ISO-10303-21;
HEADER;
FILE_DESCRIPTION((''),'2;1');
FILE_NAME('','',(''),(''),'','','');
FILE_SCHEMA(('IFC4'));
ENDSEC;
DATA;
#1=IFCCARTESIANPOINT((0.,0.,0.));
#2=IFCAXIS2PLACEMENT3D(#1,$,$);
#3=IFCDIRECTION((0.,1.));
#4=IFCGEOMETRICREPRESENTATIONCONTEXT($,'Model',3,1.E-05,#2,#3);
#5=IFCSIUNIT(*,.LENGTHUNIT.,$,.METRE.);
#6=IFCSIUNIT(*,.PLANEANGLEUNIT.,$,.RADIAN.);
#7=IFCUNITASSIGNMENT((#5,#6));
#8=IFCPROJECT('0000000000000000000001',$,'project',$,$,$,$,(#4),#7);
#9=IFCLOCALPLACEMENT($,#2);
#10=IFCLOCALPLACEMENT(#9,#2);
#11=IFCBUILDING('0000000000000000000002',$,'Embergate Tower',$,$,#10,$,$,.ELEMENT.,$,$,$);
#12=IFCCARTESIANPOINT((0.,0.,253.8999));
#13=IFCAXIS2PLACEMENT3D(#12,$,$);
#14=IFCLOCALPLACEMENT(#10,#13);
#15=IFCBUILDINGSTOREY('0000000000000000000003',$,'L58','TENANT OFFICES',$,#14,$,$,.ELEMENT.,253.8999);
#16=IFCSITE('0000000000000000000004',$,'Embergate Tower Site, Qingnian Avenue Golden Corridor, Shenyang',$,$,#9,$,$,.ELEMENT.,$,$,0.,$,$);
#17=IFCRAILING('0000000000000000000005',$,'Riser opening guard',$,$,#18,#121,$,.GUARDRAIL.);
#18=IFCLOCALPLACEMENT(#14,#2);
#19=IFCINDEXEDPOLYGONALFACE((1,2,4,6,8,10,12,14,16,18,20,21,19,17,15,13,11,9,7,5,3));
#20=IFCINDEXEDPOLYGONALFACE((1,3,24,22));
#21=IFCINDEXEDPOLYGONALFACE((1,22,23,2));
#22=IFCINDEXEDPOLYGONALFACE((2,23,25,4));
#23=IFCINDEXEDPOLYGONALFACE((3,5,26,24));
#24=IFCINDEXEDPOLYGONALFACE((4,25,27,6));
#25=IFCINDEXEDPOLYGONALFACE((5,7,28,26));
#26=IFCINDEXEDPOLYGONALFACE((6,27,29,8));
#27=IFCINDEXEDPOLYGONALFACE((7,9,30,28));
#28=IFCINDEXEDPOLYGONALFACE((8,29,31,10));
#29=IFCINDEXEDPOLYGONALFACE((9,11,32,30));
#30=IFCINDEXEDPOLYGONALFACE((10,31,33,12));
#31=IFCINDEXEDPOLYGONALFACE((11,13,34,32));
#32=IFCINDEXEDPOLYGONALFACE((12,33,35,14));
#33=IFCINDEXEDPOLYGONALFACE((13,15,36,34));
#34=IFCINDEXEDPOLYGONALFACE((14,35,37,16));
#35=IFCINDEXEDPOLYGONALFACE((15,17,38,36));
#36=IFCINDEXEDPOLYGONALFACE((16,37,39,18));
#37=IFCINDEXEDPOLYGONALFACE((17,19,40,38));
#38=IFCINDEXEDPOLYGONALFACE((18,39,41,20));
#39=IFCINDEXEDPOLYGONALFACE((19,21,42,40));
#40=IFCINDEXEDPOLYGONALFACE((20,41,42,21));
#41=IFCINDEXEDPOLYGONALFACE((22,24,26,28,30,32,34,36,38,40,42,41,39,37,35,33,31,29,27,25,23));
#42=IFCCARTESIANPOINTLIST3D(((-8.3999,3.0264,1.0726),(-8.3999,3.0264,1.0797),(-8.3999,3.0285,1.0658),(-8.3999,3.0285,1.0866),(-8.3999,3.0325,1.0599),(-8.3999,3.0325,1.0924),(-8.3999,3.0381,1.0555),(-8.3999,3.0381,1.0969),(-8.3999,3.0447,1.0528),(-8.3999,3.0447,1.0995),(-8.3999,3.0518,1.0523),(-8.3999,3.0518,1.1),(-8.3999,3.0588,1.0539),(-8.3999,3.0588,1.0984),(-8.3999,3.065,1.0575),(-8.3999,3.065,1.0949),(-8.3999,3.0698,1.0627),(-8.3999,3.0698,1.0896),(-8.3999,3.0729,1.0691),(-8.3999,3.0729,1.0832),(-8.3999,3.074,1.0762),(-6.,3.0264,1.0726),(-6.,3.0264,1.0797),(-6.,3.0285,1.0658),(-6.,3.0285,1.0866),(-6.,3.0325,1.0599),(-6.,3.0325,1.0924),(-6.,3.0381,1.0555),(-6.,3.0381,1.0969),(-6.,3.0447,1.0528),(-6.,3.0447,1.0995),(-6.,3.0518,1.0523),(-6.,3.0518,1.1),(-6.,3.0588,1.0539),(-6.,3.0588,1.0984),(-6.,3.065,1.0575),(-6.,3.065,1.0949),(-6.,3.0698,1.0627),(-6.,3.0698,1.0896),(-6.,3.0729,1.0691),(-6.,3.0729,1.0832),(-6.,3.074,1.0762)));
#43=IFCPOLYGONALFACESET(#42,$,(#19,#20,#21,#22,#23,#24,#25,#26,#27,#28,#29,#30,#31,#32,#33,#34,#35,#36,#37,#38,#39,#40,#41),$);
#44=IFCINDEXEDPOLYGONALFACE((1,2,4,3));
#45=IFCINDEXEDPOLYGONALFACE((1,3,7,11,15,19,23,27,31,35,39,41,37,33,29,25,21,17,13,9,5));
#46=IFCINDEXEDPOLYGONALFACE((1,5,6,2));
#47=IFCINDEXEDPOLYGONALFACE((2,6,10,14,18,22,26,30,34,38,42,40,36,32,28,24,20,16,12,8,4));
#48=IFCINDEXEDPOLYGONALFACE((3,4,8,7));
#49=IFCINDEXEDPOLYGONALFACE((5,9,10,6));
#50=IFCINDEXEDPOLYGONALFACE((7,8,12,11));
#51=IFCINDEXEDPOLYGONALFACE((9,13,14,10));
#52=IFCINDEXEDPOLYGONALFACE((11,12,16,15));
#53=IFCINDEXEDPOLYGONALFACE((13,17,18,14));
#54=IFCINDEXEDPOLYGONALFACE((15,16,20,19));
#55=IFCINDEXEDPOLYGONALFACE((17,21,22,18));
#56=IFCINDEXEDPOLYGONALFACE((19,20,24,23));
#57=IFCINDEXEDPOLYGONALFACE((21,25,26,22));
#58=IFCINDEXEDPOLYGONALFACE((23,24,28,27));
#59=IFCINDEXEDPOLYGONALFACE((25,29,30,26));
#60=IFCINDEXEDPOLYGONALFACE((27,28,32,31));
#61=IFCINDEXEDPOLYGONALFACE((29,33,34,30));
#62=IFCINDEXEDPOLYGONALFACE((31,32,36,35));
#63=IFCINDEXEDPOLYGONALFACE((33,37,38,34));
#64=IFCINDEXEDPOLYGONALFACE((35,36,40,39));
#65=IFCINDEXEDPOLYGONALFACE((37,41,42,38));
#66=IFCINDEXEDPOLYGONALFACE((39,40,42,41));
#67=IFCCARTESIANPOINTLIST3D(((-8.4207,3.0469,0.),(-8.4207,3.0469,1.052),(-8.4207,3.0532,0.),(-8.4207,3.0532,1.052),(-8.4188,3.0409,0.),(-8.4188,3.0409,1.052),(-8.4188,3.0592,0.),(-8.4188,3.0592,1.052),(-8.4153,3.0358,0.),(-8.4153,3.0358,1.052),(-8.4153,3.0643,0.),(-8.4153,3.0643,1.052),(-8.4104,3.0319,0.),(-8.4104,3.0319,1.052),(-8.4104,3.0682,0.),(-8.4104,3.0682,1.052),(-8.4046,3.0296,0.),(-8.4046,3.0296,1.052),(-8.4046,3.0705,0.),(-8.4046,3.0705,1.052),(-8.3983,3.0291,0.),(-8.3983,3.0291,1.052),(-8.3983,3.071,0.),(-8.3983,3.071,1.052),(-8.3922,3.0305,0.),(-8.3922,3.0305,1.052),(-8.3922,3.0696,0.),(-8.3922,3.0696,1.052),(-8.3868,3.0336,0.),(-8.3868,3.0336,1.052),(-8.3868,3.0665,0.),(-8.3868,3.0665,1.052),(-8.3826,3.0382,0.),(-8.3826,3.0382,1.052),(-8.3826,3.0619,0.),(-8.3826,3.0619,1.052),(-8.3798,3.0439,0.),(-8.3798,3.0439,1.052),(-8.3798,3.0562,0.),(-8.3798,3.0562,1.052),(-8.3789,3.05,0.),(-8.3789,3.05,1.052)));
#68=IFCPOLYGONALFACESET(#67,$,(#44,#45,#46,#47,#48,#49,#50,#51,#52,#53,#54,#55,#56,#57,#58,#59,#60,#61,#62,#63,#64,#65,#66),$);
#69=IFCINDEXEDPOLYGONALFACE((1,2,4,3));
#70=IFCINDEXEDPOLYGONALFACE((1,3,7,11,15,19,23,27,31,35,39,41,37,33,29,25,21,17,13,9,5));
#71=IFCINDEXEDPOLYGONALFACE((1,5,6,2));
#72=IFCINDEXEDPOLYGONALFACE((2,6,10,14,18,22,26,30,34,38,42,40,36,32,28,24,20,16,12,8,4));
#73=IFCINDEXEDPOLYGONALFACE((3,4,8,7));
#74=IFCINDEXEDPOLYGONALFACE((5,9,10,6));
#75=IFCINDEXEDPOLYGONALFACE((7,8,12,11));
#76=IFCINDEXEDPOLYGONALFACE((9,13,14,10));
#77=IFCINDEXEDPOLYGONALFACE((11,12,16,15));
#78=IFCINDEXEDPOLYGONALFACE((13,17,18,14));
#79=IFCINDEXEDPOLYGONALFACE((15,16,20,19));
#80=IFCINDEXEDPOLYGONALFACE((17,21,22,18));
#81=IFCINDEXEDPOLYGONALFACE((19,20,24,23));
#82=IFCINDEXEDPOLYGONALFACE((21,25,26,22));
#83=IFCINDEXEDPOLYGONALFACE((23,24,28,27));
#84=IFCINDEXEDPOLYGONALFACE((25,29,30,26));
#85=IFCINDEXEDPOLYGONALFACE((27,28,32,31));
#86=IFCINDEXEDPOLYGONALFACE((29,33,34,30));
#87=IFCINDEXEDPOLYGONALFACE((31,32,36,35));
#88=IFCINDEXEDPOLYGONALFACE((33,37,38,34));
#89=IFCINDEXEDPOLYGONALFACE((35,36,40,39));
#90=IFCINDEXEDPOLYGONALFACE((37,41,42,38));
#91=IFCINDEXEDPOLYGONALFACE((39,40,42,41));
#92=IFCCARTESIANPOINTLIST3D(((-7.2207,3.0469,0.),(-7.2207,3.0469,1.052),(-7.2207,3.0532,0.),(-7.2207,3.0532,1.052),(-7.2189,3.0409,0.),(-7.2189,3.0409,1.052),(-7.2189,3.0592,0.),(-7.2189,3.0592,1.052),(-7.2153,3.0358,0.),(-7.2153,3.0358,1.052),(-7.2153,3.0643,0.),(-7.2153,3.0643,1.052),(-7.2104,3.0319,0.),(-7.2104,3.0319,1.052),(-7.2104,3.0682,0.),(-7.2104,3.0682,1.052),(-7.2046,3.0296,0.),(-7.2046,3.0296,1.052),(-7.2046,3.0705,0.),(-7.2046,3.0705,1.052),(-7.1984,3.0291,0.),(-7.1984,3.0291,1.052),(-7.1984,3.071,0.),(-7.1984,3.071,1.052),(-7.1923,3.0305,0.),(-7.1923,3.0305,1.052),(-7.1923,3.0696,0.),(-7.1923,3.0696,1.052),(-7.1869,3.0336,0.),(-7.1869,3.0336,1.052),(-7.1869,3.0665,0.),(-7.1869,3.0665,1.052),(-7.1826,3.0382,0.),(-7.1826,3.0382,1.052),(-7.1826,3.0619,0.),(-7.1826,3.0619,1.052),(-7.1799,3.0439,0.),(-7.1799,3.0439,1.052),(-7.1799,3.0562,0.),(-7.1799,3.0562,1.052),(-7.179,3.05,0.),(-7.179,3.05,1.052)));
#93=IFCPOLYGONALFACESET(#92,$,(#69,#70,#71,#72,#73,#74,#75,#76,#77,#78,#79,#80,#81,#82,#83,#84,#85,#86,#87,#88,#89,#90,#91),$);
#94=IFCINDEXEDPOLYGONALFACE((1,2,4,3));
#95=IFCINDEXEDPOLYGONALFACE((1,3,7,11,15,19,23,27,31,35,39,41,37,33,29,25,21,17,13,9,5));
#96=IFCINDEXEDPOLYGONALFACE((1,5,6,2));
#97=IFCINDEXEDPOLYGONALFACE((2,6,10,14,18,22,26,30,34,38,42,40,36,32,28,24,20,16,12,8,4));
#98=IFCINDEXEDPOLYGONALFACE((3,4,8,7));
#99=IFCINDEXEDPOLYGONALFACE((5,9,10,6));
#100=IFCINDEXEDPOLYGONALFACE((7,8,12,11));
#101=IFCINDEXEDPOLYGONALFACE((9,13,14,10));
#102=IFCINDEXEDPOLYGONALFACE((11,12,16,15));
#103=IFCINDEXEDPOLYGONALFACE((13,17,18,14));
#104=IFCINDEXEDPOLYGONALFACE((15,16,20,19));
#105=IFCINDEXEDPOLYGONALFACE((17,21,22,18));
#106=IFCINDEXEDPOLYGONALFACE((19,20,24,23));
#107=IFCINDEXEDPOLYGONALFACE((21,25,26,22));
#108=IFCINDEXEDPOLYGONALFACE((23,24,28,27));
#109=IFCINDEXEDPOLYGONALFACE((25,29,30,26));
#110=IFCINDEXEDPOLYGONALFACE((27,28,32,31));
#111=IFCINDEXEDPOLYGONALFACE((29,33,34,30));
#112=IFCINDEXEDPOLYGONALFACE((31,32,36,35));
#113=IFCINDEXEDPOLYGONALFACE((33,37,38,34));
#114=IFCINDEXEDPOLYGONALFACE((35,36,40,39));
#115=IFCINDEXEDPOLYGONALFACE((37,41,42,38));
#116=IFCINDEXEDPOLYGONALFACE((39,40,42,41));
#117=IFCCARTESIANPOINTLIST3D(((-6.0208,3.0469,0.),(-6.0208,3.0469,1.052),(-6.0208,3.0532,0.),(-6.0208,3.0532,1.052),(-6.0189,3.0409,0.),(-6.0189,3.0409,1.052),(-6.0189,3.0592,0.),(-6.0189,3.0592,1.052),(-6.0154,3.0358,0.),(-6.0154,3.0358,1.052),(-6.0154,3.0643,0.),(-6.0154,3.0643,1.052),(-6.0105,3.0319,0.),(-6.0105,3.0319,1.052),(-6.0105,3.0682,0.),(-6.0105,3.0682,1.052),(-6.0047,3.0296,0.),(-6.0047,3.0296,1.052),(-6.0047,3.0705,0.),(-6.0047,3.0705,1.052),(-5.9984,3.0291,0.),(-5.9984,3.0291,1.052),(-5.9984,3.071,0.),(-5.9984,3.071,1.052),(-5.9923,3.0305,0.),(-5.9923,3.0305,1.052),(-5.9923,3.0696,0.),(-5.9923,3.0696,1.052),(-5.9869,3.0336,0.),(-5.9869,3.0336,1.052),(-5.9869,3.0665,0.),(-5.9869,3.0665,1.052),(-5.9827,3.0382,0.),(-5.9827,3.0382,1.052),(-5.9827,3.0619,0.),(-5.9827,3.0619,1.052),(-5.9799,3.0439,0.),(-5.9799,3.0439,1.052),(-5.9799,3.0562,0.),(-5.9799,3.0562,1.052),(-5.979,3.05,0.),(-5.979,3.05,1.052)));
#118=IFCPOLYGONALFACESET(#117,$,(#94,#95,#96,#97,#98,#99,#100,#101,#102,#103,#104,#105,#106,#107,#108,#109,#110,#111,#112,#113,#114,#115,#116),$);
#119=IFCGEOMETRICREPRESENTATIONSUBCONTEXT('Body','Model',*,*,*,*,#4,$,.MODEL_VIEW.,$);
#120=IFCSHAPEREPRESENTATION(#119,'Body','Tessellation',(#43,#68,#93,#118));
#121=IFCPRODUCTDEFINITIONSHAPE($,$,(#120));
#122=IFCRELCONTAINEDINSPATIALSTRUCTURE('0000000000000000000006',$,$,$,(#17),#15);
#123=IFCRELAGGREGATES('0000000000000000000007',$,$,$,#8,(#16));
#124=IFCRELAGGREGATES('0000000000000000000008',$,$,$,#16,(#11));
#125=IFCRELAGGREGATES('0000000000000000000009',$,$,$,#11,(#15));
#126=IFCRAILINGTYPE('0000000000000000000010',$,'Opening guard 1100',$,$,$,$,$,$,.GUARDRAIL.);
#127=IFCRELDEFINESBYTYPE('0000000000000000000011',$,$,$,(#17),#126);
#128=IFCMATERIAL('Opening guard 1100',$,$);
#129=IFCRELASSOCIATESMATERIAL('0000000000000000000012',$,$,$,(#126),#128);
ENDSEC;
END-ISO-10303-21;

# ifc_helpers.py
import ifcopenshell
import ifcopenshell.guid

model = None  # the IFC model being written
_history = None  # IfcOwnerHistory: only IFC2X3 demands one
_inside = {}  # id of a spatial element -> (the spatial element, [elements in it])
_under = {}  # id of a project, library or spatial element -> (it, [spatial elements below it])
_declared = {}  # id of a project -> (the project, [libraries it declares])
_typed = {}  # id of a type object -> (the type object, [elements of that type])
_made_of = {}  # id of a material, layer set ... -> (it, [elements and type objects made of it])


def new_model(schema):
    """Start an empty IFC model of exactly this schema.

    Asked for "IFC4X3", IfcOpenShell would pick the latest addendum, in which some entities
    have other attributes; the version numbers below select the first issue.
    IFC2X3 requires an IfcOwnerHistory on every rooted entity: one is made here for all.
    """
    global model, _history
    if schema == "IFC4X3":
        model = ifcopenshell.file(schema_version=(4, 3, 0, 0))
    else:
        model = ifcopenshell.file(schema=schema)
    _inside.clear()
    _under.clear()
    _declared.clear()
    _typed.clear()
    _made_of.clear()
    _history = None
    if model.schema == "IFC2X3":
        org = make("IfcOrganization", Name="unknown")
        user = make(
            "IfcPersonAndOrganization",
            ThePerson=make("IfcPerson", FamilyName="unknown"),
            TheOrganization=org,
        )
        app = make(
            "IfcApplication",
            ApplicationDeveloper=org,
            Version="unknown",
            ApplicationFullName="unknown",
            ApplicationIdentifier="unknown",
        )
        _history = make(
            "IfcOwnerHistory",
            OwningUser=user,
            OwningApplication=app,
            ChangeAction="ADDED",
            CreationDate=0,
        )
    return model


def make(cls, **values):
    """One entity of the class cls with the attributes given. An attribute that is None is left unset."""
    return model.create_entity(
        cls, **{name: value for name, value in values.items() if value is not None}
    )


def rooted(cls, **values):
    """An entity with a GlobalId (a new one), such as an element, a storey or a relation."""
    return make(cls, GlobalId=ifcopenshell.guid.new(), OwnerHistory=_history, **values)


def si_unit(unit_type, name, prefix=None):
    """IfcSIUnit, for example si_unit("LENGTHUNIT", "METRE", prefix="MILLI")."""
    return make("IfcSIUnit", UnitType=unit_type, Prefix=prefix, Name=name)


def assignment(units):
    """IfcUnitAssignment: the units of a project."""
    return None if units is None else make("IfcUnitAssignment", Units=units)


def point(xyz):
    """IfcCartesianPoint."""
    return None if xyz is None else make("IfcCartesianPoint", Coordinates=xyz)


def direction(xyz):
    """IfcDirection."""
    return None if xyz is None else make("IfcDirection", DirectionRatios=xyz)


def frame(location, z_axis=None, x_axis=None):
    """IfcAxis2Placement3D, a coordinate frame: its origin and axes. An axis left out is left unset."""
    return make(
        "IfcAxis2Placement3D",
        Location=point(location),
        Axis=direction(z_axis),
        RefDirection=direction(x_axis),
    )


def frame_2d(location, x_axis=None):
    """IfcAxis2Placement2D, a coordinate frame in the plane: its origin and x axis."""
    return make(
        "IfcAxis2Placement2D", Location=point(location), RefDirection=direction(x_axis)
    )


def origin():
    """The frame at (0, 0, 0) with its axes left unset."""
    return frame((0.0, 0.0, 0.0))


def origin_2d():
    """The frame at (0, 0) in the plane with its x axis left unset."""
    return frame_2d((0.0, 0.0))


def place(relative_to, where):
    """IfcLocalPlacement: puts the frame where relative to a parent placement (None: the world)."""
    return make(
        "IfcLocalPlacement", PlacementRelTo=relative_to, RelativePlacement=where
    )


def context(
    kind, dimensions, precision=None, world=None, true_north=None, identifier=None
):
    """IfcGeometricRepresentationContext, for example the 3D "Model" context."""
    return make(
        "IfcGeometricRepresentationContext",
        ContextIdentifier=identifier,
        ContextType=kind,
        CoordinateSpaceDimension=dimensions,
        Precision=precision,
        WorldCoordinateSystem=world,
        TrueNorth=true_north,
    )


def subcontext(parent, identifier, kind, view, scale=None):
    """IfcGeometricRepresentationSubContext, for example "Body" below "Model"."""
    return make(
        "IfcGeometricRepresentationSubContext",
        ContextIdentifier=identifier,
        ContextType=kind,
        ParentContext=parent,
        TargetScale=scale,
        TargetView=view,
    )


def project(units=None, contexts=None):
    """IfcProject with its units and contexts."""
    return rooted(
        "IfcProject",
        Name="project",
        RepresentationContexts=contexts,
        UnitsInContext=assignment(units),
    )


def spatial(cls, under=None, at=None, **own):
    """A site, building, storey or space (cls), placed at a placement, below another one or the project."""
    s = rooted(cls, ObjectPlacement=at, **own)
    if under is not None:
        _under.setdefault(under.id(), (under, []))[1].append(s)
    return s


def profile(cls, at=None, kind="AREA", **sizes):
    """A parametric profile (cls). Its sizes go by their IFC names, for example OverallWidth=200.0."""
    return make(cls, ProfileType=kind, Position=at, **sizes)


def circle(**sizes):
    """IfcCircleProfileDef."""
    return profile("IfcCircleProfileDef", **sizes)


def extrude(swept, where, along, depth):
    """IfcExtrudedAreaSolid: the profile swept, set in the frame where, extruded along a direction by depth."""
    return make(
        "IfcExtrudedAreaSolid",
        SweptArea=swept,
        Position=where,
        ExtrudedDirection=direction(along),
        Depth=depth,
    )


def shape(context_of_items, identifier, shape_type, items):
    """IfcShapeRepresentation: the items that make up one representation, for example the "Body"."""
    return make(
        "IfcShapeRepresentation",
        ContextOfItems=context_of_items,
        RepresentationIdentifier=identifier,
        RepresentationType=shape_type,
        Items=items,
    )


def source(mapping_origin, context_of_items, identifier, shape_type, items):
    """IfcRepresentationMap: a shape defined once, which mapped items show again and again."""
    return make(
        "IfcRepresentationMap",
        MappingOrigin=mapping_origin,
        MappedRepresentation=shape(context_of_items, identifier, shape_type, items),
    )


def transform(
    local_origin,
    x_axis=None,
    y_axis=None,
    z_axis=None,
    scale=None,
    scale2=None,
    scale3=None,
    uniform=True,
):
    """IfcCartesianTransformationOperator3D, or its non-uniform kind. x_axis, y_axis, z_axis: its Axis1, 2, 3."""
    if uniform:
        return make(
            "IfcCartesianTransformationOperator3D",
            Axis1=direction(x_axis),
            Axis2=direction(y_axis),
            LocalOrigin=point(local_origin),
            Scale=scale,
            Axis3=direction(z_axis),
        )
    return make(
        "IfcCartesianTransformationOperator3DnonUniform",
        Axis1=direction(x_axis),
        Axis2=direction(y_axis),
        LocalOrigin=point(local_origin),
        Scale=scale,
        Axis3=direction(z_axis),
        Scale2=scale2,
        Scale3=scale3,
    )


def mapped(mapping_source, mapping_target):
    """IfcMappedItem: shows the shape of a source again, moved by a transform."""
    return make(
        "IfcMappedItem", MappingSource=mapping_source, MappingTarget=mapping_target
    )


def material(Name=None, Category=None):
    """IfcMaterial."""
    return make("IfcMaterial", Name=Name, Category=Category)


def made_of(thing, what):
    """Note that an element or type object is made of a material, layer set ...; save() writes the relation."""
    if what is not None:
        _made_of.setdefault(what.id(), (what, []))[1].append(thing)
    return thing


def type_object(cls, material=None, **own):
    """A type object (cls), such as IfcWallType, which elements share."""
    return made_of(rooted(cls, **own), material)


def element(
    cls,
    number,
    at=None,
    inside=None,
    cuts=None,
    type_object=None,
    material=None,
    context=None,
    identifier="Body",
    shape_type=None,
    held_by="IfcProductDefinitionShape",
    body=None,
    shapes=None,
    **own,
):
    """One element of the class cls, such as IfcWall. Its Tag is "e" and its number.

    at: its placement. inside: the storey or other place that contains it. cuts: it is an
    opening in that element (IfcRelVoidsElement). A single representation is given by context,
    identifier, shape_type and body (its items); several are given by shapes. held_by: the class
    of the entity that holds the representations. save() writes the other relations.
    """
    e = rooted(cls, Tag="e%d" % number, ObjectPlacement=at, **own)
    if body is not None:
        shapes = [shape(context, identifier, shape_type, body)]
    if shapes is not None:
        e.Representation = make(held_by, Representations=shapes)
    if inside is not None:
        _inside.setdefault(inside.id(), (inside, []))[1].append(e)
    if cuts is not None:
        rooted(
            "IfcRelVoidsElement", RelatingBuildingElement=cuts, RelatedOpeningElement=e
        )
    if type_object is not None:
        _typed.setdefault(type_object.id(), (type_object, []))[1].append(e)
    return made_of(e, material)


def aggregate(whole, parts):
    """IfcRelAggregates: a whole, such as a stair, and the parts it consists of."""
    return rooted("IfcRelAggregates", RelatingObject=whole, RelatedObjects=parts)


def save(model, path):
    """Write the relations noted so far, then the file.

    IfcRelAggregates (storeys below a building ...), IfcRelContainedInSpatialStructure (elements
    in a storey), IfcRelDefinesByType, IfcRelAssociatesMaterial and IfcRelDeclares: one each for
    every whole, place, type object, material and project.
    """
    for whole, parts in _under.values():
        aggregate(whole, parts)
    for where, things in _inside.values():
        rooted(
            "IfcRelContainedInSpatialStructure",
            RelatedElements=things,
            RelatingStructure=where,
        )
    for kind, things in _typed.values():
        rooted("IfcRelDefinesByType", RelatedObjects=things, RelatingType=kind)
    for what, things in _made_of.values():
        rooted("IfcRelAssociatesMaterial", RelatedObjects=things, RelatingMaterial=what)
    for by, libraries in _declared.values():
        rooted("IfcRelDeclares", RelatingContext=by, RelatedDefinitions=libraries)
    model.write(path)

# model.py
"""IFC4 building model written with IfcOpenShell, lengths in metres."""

from ifc_helpers import new_model, si_unit, direction, frame, origin, origin_2d, place, context, subcontext, project, spatial, circle, extrude, source, transform, mapped, material, type_object, element, save


model = new_model("IFC4")

# Units and contexts
model_context = context("Model", 3, precision=1e-05, world=origin(), true_north=direction((0.0, 1.0)))
body_context = subcontext(model_context, "Body", "Model", "MODEL_VIEW")
ifc_project = project(units=[si_unit("LENGTHUNIT", "METRE"), si_unit("PLANEANGLEUNIT", "RADIAN")], contexts=[model_context])

# Site, building, storey
site_placement = place(None, origin())
site = spatial("IfcSite", under=ifc_project, at=site_placement, Name="Embergate Tower Site, Qingnian Avenue Golden Corridor, Shenyang", CompositionType="ELEMENT", RefElevation=0.0)
building_placement = place(site_placement, origin())
building = spatial("IfcBuilding", under=site, at=building_placement, Name="Embergate Tower", CompositionType="ELEMENT")
storey_placement = place(building_placement, frame((0.0, 0.0, 253.8999)))
storey = spatial("IfcBuildingStorey", under=building, at=storey_placement, Name="L58", Description="TENANT OFFICES", CompositionType="ELEMENT", Elevation=253.8999)

# Railing
ifc_material_1 = material(Name="Opening guard 1100")
railing_type = type_object("IfcRailingType", Name="Opening guard 1100", PredefinedType="GUARDRAIL", material=ifc_material_1)
shared_shape_1 = source(origin(), body_context, "Body", "SweptSolid", [
    extrude(circle(Radius=0.0239, at=origin_2d()), frame((0.0, 0.0, 1.0762), z_axis=(1.0, 0.0, 0.0), x_axis=(0.0, 1.0, 0.0)), (0.0, 0.0, 1.0), 2.3999),
    extrude(circle(Radius=0.021, at=origin_2d()), origin(), (0.0, 0.0, 1.0), 1.052),
    extrude(circle(Radius=0.021, at=origin_2d()), frame((1.2, 0.0, 0.0)), (0.0, 0.0, 1.0), 1.052),
    extrude(circle(Radius=0.021, at=origin_2d()), frame((2.3999, 0.0, 0.0)), (0.0, 0.0, 1.0), 1.052),
])
railing_placement = place(storey_placement, frame((-8.3999, 3.05, 0.0)))
element("IfcRailing", 1, at=railing_placement, inside=storey, type_object=railing_type, Name="Riser opening guard", PredefinedType="GUARDRAIL", context=body_context, shape_type="MappedRepresentation", body=[
    mapped(shared_shape_1, transform((0.0, 0.0, 0.0))),
])

save(model, "model.ifc")
